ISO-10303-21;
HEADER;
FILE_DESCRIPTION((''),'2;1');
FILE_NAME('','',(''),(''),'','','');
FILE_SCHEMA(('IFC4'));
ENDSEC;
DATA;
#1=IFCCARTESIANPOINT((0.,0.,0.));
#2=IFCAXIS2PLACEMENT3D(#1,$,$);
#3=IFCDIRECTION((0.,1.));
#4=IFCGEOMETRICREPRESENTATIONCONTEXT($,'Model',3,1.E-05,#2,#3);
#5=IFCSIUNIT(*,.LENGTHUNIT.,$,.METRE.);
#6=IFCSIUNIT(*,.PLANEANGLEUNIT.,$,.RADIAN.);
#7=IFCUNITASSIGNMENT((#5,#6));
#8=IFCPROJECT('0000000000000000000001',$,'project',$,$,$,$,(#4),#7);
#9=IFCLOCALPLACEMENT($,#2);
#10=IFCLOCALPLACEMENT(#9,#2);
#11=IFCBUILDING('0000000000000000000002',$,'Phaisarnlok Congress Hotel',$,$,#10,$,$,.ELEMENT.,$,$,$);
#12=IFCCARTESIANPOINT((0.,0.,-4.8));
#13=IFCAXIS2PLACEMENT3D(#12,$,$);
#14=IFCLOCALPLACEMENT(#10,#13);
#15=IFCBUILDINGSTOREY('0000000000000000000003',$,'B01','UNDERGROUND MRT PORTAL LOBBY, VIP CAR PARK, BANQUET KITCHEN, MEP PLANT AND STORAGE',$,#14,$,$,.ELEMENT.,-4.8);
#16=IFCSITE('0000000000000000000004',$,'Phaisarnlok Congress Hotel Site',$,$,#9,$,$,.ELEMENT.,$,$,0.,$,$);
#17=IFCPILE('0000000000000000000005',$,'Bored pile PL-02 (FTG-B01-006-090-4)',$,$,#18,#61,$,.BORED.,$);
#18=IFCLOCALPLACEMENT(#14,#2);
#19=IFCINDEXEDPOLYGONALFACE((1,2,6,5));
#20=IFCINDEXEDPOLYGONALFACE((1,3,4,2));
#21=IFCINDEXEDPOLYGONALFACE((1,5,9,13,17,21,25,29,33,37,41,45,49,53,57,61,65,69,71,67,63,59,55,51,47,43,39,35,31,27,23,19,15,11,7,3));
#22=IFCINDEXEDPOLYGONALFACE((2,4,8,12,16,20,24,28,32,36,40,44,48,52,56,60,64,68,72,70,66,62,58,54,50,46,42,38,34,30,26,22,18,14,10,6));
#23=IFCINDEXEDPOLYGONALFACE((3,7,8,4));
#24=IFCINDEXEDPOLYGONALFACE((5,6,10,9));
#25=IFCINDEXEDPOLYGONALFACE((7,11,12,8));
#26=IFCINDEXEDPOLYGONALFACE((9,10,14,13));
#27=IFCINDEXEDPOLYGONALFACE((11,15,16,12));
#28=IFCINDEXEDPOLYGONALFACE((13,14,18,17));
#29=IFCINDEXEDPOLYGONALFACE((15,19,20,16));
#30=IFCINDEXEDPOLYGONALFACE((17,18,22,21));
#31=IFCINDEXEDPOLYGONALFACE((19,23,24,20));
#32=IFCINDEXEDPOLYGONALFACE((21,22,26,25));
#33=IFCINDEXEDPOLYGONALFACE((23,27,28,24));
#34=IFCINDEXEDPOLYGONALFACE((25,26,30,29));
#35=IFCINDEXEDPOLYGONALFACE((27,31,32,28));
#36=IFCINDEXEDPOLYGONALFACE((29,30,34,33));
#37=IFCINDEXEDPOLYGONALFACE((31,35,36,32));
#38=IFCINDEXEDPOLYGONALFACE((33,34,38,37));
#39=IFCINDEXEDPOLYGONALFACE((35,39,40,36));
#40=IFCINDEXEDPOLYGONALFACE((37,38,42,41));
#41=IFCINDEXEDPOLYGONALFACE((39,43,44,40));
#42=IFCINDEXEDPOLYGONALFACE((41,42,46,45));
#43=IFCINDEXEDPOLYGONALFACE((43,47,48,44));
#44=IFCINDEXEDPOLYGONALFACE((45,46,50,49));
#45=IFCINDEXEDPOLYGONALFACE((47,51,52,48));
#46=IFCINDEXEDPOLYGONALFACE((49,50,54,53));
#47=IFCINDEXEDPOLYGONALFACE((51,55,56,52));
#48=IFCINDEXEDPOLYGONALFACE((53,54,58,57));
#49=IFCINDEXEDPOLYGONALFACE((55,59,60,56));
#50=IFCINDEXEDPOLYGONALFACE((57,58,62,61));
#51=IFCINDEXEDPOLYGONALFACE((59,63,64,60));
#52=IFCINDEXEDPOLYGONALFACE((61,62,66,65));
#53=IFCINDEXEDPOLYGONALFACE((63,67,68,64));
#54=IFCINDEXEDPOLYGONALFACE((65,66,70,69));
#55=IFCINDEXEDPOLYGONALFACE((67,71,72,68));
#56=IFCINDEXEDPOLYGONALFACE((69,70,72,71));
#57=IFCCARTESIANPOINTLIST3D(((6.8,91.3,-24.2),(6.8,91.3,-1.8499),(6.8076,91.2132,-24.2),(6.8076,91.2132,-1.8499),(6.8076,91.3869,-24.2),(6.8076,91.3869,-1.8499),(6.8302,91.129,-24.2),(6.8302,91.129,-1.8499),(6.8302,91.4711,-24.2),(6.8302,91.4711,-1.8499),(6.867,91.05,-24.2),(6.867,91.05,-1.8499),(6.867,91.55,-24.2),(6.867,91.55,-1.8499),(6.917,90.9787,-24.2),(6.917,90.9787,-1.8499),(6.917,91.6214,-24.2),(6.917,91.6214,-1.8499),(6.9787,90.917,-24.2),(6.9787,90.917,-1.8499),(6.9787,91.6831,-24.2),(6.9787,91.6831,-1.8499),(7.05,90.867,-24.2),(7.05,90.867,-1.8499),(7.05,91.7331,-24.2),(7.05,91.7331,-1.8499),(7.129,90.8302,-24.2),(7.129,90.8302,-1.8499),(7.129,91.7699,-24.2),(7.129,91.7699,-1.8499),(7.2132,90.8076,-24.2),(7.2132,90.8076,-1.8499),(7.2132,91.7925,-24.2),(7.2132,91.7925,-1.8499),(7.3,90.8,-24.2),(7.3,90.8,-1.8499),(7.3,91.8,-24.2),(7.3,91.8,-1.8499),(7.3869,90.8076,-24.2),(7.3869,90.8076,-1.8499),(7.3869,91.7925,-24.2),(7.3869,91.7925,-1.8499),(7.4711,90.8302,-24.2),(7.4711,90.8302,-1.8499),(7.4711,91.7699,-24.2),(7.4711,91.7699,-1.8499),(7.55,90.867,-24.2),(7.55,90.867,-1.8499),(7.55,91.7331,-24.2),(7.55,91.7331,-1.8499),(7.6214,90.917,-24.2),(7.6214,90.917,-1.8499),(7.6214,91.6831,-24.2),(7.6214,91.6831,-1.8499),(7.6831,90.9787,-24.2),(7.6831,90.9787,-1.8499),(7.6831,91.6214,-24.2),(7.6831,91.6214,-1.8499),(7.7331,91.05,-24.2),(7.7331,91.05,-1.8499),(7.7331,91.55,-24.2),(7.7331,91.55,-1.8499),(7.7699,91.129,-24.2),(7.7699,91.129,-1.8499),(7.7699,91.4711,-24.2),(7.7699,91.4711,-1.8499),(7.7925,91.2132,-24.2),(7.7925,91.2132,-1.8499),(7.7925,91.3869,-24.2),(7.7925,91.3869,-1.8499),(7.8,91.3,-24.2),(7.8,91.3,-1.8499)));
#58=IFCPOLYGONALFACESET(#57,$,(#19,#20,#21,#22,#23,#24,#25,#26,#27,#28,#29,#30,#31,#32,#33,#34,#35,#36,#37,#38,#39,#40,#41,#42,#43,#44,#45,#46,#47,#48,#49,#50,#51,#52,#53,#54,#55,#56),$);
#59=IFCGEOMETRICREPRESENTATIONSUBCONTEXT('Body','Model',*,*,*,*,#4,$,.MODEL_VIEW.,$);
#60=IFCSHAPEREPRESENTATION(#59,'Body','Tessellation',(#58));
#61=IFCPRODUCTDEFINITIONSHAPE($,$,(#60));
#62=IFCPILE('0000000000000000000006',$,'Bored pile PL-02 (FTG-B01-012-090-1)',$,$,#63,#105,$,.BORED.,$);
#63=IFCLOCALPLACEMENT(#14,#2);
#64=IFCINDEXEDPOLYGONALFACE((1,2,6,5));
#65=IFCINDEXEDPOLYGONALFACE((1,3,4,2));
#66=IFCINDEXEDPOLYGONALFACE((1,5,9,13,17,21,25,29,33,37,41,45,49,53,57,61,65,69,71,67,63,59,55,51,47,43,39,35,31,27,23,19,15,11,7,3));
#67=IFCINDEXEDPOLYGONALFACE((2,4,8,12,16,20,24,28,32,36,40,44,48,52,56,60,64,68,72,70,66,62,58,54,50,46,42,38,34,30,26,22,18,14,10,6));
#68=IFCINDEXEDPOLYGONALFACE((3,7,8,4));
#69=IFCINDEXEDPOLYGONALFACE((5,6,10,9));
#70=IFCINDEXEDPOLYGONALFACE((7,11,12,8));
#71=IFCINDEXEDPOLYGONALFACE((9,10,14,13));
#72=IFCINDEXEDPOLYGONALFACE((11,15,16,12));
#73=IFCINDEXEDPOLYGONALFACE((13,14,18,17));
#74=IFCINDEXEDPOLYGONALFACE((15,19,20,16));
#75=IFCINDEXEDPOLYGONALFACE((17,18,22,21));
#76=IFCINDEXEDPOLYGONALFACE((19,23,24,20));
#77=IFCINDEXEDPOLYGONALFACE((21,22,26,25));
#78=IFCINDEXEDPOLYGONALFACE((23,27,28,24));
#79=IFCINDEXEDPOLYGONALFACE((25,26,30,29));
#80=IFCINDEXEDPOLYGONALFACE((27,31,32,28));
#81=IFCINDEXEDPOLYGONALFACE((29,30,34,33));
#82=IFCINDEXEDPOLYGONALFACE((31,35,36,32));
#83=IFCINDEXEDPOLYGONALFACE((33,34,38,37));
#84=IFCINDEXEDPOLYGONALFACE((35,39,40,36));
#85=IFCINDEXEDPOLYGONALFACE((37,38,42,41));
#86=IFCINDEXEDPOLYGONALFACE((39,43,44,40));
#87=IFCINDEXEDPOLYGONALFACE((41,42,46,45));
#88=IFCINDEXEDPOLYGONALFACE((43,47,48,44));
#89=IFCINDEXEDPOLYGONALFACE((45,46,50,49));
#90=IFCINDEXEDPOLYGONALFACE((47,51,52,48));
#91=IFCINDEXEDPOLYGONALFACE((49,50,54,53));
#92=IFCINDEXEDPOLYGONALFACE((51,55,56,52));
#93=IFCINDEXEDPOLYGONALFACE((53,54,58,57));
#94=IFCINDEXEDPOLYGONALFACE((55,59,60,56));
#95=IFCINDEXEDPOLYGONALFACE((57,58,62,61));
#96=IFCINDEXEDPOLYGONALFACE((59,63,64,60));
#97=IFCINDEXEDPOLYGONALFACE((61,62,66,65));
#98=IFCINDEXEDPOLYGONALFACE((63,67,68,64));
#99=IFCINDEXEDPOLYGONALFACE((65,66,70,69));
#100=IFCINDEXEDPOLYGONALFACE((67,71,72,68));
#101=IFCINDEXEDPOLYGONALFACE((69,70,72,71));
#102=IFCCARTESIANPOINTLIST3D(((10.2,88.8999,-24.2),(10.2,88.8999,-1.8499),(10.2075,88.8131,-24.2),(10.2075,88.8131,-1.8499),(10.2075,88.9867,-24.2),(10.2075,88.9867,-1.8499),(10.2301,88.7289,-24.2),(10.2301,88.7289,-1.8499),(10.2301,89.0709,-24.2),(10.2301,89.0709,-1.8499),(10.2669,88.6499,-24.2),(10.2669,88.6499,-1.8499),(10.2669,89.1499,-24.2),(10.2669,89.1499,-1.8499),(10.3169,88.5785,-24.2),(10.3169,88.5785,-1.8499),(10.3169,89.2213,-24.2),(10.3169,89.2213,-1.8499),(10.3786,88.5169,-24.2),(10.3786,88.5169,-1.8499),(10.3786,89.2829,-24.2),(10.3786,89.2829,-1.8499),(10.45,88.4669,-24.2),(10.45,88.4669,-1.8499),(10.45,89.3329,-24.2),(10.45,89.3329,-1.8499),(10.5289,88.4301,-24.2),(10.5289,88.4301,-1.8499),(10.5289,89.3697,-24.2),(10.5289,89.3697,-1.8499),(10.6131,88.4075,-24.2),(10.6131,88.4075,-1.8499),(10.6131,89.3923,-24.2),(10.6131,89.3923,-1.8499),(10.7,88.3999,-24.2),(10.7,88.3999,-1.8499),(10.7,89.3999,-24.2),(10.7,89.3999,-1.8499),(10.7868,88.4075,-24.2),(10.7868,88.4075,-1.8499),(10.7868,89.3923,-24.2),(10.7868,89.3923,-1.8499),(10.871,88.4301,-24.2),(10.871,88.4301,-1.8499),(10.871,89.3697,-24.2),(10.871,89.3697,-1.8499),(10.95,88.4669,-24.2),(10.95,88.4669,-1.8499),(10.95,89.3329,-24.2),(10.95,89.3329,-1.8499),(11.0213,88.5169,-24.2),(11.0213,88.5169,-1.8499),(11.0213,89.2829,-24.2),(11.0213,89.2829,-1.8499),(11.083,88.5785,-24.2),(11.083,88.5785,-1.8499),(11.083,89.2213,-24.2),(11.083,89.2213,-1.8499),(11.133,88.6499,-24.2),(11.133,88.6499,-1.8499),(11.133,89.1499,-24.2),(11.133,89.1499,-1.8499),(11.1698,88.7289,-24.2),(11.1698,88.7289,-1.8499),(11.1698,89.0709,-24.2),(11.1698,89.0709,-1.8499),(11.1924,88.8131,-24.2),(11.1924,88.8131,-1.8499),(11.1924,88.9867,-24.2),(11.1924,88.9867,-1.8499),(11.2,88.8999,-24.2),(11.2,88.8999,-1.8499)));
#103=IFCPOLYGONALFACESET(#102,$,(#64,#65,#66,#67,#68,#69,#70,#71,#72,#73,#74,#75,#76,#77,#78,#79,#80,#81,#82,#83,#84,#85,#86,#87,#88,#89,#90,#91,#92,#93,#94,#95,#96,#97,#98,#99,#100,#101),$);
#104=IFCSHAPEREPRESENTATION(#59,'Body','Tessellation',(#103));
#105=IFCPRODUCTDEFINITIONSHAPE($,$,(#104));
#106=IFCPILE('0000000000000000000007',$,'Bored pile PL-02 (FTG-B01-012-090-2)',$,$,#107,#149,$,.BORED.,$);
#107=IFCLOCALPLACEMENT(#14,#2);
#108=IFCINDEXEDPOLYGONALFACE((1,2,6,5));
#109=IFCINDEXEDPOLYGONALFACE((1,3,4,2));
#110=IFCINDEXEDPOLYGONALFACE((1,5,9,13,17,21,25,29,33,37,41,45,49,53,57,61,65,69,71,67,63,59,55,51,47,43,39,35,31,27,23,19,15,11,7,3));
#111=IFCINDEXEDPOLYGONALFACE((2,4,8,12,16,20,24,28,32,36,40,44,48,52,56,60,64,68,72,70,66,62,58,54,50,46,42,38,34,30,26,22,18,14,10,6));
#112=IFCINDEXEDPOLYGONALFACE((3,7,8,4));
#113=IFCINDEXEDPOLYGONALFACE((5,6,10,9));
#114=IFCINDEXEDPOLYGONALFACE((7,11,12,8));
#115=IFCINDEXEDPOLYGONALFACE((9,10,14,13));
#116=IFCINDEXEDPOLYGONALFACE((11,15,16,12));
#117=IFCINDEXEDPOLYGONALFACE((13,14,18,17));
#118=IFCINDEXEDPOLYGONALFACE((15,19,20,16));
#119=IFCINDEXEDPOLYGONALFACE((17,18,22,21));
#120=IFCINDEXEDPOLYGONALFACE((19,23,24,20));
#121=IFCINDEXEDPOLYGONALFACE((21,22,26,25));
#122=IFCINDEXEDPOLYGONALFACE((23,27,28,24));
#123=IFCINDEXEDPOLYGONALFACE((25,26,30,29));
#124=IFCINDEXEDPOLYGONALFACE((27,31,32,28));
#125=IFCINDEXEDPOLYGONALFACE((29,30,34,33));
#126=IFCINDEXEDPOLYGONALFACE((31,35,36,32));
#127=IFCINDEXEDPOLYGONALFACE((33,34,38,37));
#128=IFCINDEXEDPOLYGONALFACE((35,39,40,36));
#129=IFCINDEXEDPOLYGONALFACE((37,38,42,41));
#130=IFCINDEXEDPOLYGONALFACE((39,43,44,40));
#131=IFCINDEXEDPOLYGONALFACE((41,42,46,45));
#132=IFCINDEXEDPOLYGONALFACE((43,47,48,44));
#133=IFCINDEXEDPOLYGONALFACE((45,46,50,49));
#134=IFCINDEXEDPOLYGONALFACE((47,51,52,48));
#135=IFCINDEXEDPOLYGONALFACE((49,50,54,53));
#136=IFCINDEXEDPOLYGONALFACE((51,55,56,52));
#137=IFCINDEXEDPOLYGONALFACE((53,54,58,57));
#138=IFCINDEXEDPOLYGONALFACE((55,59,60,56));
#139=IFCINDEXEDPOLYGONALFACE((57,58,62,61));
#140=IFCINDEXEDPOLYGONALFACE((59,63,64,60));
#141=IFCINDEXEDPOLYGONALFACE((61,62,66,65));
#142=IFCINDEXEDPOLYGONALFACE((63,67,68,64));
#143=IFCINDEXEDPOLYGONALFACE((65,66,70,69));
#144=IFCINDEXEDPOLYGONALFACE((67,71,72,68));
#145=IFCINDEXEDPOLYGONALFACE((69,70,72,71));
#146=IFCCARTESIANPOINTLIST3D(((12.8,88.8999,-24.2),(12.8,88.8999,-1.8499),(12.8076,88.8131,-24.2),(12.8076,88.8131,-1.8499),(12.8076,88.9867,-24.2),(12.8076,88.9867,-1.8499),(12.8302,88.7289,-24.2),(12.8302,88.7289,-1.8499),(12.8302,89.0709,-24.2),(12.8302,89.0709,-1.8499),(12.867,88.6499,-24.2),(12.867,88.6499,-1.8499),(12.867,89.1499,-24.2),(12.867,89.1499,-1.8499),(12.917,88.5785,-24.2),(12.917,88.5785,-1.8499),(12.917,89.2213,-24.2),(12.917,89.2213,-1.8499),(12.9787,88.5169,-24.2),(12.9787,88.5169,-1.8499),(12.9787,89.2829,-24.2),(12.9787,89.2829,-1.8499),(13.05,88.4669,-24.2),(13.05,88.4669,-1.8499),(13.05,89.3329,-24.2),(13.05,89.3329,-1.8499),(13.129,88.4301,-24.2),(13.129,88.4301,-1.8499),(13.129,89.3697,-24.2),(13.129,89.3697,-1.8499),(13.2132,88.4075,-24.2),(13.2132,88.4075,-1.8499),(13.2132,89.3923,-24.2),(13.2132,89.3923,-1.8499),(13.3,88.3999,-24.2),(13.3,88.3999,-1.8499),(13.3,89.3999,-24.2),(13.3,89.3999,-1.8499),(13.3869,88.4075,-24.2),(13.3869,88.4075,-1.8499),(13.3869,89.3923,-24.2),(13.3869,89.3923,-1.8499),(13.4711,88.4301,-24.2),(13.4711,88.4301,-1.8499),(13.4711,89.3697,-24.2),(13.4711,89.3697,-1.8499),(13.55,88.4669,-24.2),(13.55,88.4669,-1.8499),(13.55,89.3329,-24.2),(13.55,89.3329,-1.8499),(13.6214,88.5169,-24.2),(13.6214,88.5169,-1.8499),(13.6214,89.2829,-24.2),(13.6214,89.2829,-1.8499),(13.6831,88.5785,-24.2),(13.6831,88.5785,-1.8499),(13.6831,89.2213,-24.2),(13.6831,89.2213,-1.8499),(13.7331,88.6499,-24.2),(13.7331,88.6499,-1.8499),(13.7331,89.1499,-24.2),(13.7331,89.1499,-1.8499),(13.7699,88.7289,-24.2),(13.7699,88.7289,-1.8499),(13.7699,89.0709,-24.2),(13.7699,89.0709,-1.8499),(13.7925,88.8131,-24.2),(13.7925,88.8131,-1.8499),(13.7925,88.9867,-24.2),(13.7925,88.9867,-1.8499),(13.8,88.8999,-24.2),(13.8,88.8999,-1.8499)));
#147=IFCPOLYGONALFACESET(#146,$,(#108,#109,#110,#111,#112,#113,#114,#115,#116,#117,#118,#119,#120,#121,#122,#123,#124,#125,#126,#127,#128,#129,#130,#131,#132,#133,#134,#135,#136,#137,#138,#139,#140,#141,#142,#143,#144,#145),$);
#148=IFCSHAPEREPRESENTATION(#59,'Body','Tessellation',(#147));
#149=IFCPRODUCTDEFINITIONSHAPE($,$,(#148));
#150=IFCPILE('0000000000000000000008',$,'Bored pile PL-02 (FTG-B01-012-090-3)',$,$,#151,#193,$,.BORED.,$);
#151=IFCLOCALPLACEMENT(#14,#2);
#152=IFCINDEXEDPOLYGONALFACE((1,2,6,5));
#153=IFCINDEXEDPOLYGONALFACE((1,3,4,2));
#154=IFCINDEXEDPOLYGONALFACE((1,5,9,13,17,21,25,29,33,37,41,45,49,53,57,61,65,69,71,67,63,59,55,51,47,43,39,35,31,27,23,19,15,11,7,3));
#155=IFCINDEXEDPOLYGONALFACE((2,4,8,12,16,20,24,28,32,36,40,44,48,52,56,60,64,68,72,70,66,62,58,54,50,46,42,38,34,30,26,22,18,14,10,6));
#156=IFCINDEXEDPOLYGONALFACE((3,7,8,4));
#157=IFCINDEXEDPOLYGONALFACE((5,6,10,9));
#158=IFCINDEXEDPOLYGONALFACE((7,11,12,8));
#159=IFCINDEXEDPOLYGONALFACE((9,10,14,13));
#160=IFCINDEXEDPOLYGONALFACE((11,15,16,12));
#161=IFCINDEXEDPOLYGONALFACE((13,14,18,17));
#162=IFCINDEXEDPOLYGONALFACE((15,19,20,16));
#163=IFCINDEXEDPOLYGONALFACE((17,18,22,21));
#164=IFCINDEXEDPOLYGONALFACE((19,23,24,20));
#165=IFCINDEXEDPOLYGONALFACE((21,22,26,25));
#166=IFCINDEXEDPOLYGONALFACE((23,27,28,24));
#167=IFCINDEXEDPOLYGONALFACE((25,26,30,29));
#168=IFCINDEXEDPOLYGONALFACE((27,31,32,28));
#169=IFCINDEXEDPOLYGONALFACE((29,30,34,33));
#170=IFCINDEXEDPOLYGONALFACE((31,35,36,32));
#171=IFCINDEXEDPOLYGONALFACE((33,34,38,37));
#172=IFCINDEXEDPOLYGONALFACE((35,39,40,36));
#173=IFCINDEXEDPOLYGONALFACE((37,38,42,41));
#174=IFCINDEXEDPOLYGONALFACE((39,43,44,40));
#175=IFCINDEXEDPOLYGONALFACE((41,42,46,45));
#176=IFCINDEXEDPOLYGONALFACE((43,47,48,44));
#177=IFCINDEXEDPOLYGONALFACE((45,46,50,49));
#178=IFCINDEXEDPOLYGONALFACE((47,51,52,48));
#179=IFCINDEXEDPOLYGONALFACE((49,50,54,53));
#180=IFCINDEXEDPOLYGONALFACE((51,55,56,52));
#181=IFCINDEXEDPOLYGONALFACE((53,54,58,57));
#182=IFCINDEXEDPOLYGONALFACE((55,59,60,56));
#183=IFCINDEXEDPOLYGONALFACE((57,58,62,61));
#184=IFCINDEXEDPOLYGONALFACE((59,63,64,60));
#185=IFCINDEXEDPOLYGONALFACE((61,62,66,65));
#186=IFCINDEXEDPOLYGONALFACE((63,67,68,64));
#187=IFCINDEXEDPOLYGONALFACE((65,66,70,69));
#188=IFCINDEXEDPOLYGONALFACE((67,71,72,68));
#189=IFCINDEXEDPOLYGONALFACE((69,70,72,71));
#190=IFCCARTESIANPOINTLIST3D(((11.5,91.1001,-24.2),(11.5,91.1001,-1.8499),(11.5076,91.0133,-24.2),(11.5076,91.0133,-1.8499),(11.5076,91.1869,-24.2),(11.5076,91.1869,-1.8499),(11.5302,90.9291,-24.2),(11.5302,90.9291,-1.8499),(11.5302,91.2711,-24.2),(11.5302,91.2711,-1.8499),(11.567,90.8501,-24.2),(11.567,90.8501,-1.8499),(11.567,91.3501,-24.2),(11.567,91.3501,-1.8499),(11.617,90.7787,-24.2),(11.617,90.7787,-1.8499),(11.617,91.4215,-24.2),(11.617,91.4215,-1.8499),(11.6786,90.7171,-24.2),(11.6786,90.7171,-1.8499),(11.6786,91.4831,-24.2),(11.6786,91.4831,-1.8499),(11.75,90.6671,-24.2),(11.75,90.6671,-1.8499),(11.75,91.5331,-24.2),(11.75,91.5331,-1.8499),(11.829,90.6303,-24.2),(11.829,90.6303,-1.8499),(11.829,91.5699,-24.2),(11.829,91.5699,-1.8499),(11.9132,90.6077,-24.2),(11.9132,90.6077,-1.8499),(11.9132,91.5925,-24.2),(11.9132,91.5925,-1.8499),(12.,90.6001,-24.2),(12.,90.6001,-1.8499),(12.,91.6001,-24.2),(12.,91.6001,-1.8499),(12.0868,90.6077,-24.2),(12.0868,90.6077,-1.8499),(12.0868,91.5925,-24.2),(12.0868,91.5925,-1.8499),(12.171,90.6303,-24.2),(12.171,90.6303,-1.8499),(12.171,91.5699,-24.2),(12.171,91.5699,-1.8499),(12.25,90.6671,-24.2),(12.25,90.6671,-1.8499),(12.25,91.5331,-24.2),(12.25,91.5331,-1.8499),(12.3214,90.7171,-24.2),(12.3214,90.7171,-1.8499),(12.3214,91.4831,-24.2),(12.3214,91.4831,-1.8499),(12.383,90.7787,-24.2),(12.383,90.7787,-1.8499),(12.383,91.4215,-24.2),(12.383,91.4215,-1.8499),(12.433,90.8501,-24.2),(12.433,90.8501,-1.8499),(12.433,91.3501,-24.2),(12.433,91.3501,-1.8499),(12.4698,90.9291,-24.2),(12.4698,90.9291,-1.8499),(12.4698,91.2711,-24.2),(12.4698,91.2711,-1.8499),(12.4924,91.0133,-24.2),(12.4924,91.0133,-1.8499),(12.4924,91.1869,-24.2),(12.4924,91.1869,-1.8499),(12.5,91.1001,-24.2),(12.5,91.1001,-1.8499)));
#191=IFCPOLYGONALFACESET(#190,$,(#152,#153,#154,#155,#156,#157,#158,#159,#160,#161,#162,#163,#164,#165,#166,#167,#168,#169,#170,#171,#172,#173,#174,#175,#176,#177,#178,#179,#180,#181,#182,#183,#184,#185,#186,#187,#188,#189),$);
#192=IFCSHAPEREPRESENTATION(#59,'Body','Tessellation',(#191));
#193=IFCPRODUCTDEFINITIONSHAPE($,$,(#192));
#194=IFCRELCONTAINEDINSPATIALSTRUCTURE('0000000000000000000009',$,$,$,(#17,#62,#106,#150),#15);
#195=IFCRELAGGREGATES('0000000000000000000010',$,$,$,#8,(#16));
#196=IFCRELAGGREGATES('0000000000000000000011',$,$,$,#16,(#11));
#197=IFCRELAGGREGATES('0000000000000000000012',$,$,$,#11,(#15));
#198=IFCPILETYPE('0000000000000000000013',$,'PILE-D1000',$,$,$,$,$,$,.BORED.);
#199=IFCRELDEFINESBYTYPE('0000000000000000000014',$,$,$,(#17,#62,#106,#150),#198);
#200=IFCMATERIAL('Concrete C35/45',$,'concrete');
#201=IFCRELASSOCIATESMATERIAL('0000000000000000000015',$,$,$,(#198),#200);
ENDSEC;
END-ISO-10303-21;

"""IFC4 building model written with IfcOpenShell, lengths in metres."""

from ifc_helpers import new_model, si_unit, direction, frame, origin, origin_2d, place, context, subcontext, project, spatial, circle, extrude, material, material_profile, profile_set, type_object, element, save


model = new_model("IFC4")

# Units and contexts
model_context = context("Model", 3, precision=1e-05, world=origin(), true_north=direction((0.0, 1.0)))
body_context = subcontext(model_context, "Body", "Model", "MODEL_VIEW")
ifc_project = project(units=[si_unit("LENGTHUNIT", "METRE"), si_unit("PLANEANGLEUNIT", "RADIAN")], contexts=[model_context])

# Site, building, storey
site_placement = place(None, origin())
site = spatial("IfcSite", under=ifc_project, at=site_placement, Name="Phaisarnlok Congress Hotel Site", CompositionType="ELEMENT", RefElevation=0.0)
building_placement = place(site_placement, origin())
building = spatial("IfcBuilding", under=site, at=building_placement, Name="Phaisarnlok Congress Hotel", CompositionType="ELEMENT")
storey_placement = place(building_placement, frame((0.0, 0.0, -4.8)))
storey = spatial("IfcBuildingStorey", under=building, at=storey_placement, Name="B01", Description="UNDERGROUND MRT PORTAL LOBBY, VIP CAR PARK, BANQUET KITCHEN, MEP PLANT AND STORAGE", CompositionType="ELEMENT", Elevation=-4.8)

# Piles
ifc_material_1 = material(Name="Concrete C35/45", Category="concrete")
ifc_material_profile_1 = material_profile(ifc_material_1, circle(Radius=0.5, at=origin_2d()), Name="BORED PILE D1000")
ifc_profile_set_1 = profile_set([ifc_material_profile_1], Name="Concrete C35/45")
pile_type_1 = type_object("IfcPileType", Name="PILE-D1000", PredefinedType="BORED", material=ifc_profile_set_1)
for number, where, z_axis, x_axis, name in (
    (1, (7.3, 91.3, -1.8499), (0.0, 0.0, -1.0), (1.0, 0.0, 0.0), "Bored pile PL-02 (FTG-B01-006-090-4)"),
    (2, (10.7, 88.8999, -1.8499), (0.0, 0.0, -1.0), (1.0, 0.0, 0.0), "Bored pile PL-02 (FTG-B01-012-090-1)"),
    (3, (13.3, 88.8999, -1.8499), (0.0, 0.0, -1.0), (1.0, 0.0, 0.0), "Bored pile PL-02 (FTG-B01-012-090-2)"),
    (4, (12.0, 91.1001, -1.8499), (0.0, 0.0, -1.0), (1.0, 0.0, 0.0), "Bored pile PL-02 (FTG-B01-012-090-3)"),
):
    element("IfcPile", number, at=place(storey_placement, frame(where, z_axis=z_axis, x_axis=x_axis)), inside=storey, type_object=pile_type_1, Name=name, PredefinedType="BORED", context=body_context, shape_type="SweptSolid", body=[
        extrude(circle(Radius=0.5, at=origin_2d()), origin(), (0.0, 0.0, 1.0), 22.3501),
    ])

save(model, "model.ifc")
